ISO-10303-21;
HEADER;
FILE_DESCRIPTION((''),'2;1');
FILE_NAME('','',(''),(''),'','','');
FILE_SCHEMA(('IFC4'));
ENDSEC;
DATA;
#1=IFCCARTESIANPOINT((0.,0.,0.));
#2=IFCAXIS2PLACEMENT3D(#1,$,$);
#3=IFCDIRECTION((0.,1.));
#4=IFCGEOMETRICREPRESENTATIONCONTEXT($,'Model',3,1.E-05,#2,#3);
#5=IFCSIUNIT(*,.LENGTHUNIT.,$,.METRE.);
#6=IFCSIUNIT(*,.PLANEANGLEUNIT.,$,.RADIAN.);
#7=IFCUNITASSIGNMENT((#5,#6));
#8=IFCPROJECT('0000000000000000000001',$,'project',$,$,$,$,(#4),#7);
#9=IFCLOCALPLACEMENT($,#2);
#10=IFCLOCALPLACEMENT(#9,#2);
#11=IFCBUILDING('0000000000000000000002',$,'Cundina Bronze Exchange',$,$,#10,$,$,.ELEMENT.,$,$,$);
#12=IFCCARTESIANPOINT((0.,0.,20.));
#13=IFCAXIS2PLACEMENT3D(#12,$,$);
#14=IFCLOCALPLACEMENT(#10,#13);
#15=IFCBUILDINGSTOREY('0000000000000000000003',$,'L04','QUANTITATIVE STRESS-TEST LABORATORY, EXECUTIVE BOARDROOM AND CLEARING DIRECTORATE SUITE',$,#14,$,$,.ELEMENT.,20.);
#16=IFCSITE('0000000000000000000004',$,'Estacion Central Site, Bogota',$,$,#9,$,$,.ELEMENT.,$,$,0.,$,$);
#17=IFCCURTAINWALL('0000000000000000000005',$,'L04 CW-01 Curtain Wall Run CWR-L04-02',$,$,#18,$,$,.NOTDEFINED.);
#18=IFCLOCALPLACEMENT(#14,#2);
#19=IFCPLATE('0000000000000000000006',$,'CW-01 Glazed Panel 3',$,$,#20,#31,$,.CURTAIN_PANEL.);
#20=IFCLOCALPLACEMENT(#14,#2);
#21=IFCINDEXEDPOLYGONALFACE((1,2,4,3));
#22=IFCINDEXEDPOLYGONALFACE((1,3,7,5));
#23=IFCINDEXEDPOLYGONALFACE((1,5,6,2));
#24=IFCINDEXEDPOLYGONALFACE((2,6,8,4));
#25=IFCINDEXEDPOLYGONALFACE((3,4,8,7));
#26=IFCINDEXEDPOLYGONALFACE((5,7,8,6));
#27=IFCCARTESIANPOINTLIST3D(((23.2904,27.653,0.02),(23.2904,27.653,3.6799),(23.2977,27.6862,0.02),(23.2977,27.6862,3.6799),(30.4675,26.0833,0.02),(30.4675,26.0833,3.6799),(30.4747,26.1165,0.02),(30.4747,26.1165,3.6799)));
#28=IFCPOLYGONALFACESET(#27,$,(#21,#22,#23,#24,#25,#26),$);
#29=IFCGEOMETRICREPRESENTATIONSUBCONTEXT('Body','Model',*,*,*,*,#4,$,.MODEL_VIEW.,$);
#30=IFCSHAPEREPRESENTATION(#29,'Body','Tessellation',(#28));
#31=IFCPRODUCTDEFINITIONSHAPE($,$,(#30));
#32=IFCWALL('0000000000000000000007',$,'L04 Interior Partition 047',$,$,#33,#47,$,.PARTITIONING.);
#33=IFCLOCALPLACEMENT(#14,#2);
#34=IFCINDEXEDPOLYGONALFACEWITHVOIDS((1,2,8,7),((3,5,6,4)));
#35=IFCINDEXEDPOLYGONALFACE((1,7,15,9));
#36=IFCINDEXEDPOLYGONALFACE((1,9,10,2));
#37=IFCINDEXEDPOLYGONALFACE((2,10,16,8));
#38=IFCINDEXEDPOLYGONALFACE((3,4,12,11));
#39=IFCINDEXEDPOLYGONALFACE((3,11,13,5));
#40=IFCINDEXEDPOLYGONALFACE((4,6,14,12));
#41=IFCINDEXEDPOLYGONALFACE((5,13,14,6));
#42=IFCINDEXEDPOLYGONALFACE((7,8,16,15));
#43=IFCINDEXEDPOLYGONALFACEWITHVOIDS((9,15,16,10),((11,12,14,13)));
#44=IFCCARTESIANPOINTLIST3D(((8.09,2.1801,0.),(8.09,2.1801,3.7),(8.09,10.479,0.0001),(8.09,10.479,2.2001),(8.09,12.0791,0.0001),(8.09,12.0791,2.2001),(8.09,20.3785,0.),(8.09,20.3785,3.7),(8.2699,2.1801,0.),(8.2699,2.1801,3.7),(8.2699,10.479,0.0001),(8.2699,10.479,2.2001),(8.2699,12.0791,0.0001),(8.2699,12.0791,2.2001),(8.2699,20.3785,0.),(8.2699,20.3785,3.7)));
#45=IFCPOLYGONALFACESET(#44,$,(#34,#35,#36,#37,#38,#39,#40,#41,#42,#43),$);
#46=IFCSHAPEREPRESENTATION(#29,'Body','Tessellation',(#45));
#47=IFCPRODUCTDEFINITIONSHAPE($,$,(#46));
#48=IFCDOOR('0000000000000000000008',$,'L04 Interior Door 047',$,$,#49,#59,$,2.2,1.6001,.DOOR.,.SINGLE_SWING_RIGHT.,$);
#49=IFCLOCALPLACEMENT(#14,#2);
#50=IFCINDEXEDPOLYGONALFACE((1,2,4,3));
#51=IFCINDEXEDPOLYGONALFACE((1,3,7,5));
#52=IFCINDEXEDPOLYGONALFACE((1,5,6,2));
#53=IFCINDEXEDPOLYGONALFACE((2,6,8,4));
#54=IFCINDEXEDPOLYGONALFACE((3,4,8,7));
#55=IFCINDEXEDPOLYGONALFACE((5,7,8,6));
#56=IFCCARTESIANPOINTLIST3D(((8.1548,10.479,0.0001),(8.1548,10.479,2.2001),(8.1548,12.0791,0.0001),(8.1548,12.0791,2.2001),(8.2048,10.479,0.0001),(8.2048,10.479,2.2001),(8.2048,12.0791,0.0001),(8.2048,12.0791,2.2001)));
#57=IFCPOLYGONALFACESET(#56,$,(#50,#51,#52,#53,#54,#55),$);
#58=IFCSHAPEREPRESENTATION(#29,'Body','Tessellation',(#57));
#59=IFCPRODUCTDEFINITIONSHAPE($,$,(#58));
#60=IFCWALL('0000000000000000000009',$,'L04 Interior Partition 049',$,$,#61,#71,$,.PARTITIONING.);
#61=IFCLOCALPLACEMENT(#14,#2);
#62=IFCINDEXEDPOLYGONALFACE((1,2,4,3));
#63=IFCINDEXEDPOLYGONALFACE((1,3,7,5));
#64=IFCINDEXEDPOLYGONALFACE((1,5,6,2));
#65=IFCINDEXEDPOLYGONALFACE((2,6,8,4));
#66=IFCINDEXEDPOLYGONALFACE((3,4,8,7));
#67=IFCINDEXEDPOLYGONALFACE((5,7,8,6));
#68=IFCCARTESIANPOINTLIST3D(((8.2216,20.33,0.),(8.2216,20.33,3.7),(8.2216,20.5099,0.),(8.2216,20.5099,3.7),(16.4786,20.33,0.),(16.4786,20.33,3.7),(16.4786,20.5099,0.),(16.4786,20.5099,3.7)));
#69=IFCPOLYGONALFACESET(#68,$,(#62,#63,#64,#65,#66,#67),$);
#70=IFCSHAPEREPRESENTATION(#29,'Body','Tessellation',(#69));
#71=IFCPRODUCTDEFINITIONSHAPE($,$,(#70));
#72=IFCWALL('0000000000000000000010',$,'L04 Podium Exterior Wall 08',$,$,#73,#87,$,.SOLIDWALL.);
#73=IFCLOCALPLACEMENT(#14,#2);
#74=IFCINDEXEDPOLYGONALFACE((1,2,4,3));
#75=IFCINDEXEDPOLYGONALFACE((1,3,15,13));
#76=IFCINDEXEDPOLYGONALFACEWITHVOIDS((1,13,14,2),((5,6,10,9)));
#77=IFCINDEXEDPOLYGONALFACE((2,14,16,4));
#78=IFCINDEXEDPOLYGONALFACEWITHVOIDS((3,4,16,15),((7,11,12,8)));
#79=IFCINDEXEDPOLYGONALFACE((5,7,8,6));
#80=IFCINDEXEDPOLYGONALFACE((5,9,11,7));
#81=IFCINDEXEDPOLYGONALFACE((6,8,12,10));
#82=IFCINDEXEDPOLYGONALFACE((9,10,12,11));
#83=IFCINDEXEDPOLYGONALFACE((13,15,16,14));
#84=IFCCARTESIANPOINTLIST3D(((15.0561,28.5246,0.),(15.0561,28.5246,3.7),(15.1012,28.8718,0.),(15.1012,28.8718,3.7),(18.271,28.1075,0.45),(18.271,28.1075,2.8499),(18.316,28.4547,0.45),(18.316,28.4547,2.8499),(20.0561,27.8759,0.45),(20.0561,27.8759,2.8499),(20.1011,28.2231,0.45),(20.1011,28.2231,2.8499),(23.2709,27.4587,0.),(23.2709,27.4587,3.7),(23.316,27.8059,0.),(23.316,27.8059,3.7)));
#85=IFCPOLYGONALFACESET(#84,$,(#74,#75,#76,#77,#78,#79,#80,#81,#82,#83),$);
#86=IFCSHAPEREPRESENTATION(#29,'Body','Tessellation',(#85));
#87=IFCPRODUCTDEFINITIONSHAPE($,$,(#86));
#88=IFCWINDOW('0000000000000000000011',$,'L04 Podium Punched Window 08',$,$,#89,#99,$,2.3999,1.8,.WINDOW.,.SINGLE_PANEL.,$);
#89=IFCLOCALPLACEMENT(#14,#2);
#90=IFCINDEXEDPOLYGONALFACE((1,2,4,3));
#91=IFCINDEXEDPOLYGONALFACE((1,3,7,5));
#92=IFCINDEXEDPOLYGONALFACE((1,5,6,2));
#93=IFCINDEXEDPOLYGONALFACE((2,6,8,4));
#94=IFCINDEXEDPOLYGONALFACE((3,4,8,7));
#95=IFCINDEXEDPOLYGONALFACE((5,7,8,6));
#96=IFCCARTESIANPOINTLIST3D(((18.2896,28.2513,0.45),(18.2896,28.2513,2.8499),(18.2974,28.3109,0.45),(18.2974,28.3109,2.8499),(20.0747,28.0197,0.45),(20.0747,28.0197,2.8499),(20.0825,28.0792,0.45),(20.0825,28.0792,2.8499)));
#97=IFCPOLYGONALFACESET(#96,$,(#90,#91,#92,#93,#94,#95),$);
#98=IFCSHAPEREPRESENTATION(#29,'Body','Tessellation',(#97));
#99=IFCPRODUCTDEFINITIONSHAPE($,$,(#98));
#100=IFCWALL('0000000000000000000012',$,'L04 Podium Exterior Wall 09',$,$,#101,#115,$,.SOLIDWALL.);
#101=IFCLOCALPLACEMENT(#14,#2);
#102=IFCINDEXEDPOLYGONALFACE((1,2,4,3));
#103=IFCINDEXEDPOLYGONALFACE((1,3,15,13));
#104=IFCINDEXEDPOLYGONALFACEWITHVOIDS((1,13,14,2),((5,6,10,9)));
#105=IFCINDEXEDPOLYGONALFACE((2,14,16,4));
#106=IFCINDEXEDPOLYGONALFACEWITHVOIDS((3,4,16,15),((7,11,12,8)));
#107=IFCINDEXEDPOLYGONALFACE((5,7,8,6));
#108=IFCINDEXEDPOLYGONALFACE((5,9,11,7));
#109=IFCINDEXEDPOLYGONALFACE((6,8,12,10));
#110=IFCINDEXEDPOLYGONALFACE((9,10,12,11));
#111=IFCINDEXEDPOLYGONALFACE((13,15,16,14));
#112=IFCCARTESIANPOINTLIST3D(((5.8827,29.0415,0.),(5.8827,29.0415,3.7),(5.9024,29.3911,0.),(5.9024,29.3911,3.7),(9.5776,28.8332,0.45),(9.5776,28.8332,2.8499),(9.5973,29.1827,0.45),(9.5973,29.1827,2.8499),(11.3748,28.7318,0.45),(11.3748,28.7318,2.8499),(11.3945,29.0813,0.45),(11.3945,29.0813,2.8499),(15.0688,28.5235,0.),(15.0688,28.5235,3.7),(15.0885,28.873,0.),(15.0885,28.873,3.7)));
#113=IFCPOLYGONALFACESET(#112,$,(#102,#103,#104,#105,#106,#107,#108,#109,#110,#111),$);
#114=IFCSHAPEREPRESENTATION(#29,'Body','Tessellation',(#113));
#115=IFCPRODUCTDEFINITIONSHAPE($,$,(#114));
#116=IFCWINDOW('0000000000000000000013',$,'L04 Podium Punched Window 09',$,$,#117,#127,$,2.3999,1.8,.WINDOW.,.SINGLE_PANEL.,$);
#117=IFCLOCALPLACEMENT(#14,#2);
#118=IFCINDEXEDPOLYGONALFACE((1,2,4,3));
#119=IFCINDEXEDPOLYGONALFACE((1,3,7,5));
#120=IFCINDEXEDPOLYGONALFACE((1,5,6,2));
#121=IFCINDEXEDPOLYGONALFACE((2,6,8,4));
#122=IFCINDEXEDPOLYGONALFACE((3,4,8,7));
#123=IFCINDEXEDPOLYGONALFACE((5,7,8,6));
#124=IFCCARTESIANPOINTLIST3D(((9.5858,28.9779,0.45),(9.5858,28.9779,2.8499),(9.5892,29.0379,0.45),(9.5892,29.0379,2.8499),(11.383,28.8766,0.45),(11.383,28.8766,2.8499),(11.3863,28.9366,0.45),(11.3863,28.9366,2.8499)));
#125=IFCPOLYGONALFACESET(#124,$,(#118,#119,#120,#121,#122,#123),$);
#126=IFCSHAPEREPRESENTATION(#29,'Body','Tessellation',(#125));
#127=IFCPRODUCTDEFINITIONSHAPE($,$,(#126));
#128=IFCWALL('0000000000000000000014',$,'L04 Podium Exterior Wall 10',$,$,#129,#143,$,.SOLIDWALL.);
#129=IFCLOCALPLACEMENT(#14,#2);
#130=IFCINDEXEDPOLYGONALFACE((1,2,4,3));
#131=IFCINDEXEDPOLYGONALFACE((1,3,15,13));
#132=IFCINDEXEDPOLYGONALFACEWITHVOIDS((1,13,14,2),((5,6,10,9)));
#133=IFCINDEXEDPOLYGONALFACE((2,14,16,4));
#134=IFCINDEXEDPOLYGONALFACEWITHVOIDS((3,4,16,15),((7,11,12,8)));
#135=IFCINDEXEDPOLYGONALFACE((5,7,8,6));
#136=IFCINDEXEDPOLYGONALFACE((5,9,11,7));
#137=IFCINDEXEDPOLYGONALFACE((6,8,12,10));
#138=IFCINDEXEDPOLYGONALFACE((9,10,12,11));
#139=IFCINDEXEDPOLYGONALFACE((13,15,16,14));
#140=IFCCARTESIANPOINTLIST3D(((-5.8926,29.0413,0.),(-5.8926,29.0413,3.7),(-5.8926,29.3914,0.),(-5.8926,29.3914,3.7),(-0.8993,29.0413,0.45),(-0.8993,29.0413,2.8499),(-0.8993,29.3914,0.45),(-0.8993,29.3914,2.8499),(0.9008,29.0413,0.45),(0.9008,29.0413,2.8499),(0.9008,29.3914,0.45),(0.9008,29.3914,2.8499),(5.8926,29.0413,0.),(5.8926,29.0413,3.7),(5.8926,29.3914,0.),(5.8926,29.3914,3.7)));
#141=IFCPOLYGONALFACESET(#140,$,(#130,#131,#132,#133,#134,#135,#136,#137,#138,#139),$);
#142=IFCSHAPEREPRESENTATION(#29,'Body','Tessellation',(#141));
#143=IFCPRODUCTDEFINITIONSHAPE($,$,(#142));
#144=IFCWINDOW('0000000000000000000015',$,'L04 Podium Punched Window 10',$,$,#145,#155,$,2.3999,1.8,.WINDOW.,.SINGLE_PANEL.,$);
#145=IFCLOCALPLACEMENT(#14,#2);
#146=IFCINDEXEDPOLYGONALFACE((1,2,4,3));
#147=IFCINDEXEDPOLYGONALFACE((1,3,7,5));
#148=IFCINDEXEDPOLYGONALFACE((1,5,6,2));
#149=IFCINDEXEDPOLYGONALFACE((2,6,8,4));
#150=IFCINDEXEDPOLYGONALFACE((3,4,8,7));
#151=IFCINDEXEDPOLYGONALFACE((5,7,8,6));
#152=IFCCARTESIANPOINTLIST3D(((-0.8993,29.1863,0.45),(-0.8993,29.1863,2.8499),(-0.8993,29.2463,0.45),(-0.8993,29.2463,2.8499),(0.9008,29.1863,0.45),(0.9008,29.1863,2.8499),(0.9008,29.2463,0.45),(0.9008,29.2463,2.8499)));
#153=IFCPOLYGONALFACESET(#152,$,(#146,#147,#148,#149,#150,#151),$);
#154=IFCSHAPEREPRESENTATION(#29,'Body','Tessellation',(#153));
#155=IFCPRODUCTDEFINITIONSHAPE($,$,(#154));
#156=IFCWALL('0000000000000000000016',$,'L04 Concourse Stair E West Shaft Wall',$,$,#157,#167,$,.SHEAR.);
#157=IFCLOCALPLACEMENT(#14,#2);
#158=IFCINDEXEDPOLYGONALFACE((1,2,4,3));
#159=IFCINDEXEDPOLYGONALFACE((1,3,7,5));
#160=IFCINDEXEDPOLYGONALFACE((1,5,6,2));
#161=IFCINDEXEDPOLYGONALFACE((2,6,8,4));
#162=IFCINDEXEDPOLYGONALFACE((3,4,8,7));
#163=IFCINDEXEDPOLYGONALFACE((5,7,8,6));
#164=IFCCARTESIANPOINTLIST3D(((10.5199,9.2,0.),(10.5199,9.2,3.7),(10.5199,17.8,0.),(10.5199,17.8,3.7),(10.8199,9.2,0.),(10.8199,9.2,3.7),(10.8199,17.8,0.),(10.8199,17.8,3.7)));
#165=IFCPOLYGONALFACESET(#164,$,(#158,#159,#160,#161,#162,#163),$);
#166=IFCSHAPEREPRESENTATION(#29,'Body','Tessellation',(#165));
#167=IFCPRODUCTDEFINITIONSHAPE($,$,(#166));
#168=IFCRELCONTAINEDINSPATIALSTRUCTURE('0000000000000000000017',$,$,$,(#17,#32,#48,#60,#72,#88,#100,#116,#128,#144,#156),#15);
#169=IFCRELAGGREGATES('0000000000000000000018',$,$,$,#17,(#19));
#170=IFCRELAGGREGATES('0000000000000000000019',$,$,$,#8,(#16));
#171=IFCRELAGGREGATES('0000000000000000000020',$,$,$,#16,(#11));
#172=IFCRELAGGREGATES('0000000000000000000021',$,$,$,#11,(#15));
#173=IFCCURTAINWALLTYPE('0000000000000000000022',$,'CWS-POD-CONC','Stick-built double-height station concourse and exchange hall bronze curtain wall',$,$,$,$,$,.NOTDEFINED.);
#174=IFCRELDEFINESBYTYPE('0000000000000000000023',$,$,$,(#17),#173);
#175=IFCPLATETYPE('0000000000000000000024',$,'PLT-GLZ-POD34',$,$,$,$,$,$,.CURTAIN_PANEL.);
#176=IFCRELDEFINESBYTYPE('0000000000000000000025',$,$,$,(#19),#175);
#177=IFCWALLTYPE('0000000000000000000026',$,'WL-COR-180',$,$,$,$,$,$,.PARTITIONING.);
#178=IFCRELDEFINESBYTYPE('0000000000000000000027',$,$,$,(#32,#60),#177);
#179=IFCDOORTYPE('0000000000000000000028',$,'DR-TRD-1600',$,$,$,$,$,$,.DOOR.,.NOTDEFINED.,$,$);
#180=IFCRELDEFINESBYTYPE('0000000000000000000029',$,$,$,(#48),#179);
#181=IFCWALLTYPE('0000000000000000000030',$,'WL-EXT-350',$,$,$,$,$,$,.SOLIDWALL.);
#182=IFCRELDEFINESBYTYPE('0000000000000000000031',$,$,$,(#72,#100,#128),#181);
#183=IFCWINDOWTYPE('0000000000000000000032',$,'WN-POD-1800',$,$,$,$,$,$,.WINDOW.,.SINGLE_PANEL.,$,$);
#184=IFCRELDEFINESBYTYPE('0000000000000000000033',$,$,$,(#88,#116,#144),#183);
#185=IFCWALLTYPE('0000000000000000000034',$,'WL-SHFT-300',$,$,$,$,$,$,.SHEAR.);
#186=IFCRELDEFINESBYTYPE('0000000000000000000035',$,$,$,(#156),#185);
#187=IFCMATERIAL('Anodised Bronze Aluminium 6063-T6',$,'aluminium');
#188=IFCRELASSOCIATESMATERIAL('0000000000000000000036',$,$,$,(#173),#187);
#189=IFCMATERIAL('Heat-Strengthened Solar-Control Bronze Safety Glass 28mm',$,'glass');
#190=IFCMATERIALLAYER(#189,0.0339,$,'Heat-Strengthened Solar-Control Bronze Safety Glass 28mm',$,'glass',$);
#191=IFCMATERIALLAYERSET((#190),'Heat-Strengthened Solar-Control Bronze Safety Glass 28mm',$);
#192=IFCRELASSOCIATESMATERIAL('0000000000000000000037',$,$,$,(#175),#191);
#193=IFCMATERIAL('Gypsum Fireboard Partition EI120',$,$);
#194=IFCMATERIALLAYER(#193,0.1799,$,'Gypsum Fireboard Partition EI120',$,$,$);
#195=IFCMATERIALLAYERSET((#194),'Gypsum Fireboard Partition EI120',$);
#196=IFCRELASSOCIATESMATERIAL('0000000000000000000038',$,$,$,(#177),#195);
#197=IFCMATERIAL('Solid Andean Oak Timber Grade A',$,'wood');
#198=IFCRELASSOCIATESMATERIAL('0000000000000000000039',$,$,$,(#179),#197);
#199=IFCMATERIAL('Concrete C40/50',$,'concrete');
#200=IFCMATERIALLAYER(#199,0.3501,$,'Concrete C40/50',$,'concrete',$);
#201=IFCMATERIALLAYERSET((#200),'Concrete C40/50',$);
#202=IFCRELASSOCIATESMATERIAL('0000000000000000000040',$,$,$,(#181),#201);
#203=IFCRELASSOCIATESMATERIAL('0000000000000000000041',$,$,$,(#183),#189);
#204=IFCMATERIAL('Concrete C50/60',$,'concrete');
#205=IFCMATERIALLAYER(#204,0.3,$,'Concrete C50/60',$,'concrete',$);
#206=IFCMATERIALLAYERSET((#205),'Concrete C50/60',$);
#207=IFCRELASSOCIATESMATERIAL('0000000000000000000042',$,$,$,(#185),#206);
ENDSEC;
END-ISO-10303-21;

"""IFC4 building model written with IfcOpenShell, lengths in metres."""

from ifc_helpers import new_model, si_unit, direction, frame, frame_2d, origin, origin_2d, place, context, subcontext, project, spatial, rectangle, extrude, material, layer, layer_set, type_object, element, fill, aggregate, save


model = new_model("IFC4")

# Units and contexts
model_context = context("Model", 3, precision=1e-05, world=origin(), true_north=direction((0.0, 1.0)))
body_context = subcontext(model_context, "Body", "Model", "MODEL_VIEW")
ifc_project = project(units=[si_unit("LENGTHUNIT", "METRE"), si_unit("PLANEANGLEUNIT", "RADIAN")], contexts=[model_context])

# Site, building, storey
site_placement = place(None, origin())
site = spatial("IfcSite", under=ifc_project, at=site_placement, Name="Estacion Central Site, Bogota", CompositionType="ELEMENT", RefElevation=0.0)
building_placement = place(site_placement, origin())
building = spatial("IfcBuilding", under=site, at=building_placement, Name="Cundina Bronze Exchange", CompositionType="ELEMENT")
storey_placement = place(building_placement, frame((0.0, 0.0, 20.0)))
storey = spatial("IfcBuildingStorey", under=building, at=storey_placement, Name="L04", Description="QUANTITATIVE STRESS-TEST LABORATORY, EXECUTIVE BOARDROOM AND CLEARING DIRECTORATE SUITE", CompositionType="ELEMENT", Elevation=20.0)

# Shared definitions
ifc_material_1 = material(Name="Concrete C50/60", Category="concrete")

# Curtain wall
ifc_material_2 = material(Name="Anodised Bronze Aluminium 6063-T6", Category="aluminium")
curtain_wall_type = type_object("IfcCurtainWallType", Name="CWS-POD-CONC", Description="Stick-built double-height station concourse and exchange hall bronze curtain wall", PredefinedType="NOTDEFINED", material=ifc_material_2)
curtain_wall_placement = place(storey_placement, origin())
curtain_wall = element("IfcCurtainWall", 1, at=curtain_wall_placement, inside=storey, type_object=curtain_wall_type, Name="L04 CW-01 Curtain Wall Run CWR-L04-02", PredefinedType="NOTDEFINED")

# Plate
ifc_material_3 = material(Name="Heat-Strengthened Solar-Control Bronze Safety Glass 28mm", Category="glass")
ifc_layer_1 = layer(ifc_material_3, 0.0339, Name="Heat-Strengthened Solar-Control Bronze Safety Glass 28mm", Category="glass")
ifc_layer_set_1 = layer_set([ifc_layer_1], Name="Heat-Strengthened Solar-Control Bronze Safety Glass 28mm")
plate_type_1 = type_object("IfcPlateType", Name="PLT-GLZ-POD34", PredefinedType="CURTAIN_PANEL", material=ifc_layer_set_1)
plate_placement = place(storey_placement, frame((26.8826, 26.8848, 0.02), z_axis=(0.0, 0.0, 1.0), x_axis=(-0.976908, 0.213661, 0.0)))
plate = element("IfcPlate", 2, at=plate_placement, type_object=plate_type_1, Name="CW-01 Glazed Panel 3", PredefinedType="CURTAIN_PANEL", context=body_context, shape_type="SweptSolid", body=[
    extrude(rectangle(XDim=7.3467, YDim=0.0339, at=origin_2d()), origin(), (0.0, 0.0, 1.0), 3.6599),
])
aggregate(curtain_wall, [plate])

# Wall, opening, door
ifc_material_4 = material(Name="Gypsum Fireboard Partition EI120")
ifc_layer_2 = layer(ifc_material_4, 0.1799, Name="Gypsum Fireboard Partition EI120")
ifc_layer_set_2 = layer_set([ifc_layer_2], Name="Gypsum Fireboard Partition EI120")
wall_type_1 = type_object("IfcWallType", Name="WL-COR-180", PredefinedType="PARTITIONING", material=ifc_layer_set_2)
wall_1_placement = place(storey_placement, frame((8.1799, 20.3784, 0.0), z_axis=(0.0, 0.0, 1.0), x_axis=(0.0, -1.0, 0.0)))
wall_1 = element("IfcWall", 3, at=wall_1_placement, inside=storey, type_object=wall_type_1, Name="L04 Interior Partition 047", PredefinedType="PARTITIONING", context=body_context, shape_type="SweptSolid", body=[
    extrude(rectangle(XDim=18.1985, YDim=0.1799, at=frame_2d((9.0991, 0.0))), origin(), (0.0, 0.0, 1.0), 3.7),
])
opening_1_placement = place(wall_1_placement, frame((8.2993, 0.0, 0.0)))
opening_1 = element("IfcOpeningElement", 4, at=opening_1_placement, cuts=wall_1, PredefinedType="OPENING", context=body_context, shape_type="SweptSolid", body=[
    extrude(rectangle(XDim=1.6001, YDim=2.2, at=frame_2d((0.8, 1.1001))), frame((0.0, 0.0999, 0.0), z_axis=(0.0, -1.0, 0.0), x_axis=(1.0, 0.0, 0.0)), (0.0, 0.0, 1.0), 0.2),
])
ifc_material_5 = material(Name="Solid Andean Oak Timber Grade A", Category="wood")
door_type_1 = type_object("IfcDoorType", Name="DR-TRD-1600", OperationType="NOTDEFINED", PredefinedType="DOOR", material=ifc_material_5)
door_1_placement = place(opening_1_placement, origin())
door_1 = element("IfcDoor", 5, at=door_1_placement, inside=storey, type_object=door_type_1, Name="L04 Interior Door 047", OperationType="SINGLE_SWING_RIGHT", OverallHeight=2.2, OverallWidth=1.6001, PredefinedType="DOOR", context=body_context, shape_type="SweptSolid", body=[
    extrude(rectangle(XDim=1.6001, YDim=2.2, at=frame_2d((0.8, 1.1001))), frame((0.0, 0.0249, 0.0), z_axis=(0.0, -1.0, 0.0), x_axis=(1.0, 0.0, 0.0)), (0.0, 0.0, 1.0), 0.05),
])
fill(opening_1, door_1)

# Wall
wall_2_placement = place(storey_placement, frame((16.4785, 20.4199, 0.0), z_axis=(0.0, 0.0, 1.0), x_axis=(-1.0, 0.0, 0.0)))
element("IfcWall", 6, at=wall_2_placement, inside=storey, type_object=wall_type_1, Name="L04 Interior Partition 049", PredefinedType="PARTITIONING", context=body_context, shape_type="SweptSolid", body=[
    extrude(rectangle(XDim=8.2571, YDim=0.1799, at=frame_2d((4.1284, 0.0))), origin(), (0.0, 0.0, 1.0), 3.7),
])

# Walls, openings, windows
ifc_material_6 = material(Name="Concrete C40/50", Category="concrete")
ifc_layer_3 = layer(ifc_material_6, 0.3501, Name="Concrete C40/50", Category="concrete")
ifc_layer_set_3 = layer_set([ifc_layer_3], Name="Concrete C40/50")
wall_type_2 = type_object("IfcWallType", Name="WL-EXT-350", PredefinedType="SOLIDWALL", material=ifc_layer_set_3)
wall_3_placement = place(storey_placement, frame((23.2935, 27.6323, 0.0), z_axis=(0.0, 0.0, 1.0), x_axis=(-0.991687, 0.128676, 0.0)))
wall_3 = element("IfcWall", 7, at=wall_3_placement, inside=storey, type_object=wall_type_2, Name="L04 Podium Exterior Wall 08", PredefinedType="SOLIDWALL", context=body_context, shape_type="SweptSolid", body=[
    extrude(rectangle(XDim=8.2837, YDim=0.3501, at=frame_2d((4.1418, 0.0))), origin(), (0.0, 0.0, 1.0), 3.7),
])
opening_2_placement = place(wall_3_placement, frame((3.2419, 0.0, 0.45)))
opening_2 = element("IfcOpeningElement", 8, at=opening_2_placement, cuts=wall_3, PredefinedType="OPENING", context=body_context, shape_type="SweptSolid", body=[
    extrude(rectangle(XDim=1.8, YDim=2.3999, at=frame_2d((0.8999, 1.2))), frame((0.0, 0.1851, 0.0), z_axis=(0.0, -1.0, 0.0), x_axis=(1.0, 0.0, 0.0)), (0.0, 0.0, 1.0), 0.3701),
])
window_type = type_object("IfcWindowType", Name="WN-POD-1800", PartitioningType="SINGLE_PANEL", PredefinedType="WINDOW", material=ifc_material_3)
window_1_placement = place(opening_2_placement, origin())
window_1 = element("IfcWindow", 9, at=window_1_placement, inside=storey, type_object=window_type, Name="L04 Podium Punched Window 08", OverallHeight=2.3999, OverallWidth=1.8, PartitioningType="SINGLE_PANEL", PredefinedType="WINDOW", context=body_context, shape_type="SweptSolid", body=[
    extrude(rectangle(XDim=1.8, YDim=2.3999, at=frame_2d((0.8999, 1.2))), frame((0.0, 0.03, 0.0), z_axis=(0.0, -1.0, 0.0), x_axis=(1.0, 0.0, 0.0)), (0.0, 0.0, 1.0), 0.0601),
])
fill(opening_2, window_1)
wall_4_placement = place(storey_placement, frame((15.0786, 28.6982, 0.0), z_axis=(0.0, 0.0, 1.0), x_axis=(-0.998413, 0.056308, 0.0)))
wall_4 = element("IfcWall", 10, at=wall_4_placement, inside=storey, type_object=wall_type_2, Name="L04 Podium Exterior Wall 09", PredefinedType="SOLIDWALL", context=body_context, shape_type="SweptSolid", body=[
    extrude(rectangle(XDim=9.2007, YDim=0.3501, at=frame_2d((4.6003, 0.0))), origin(), (0.0, 0.0, 1.0), 3.7),
])
opening_3_placement = place(wall_4_placement, frame((3.7, 0.0, 0.45)))
opening_3 = element("IfcOpeningElement", 11, at=opening_3_placement, cuts=wall_4, PredefinedType="OPENING", context=body_context, shape_type="SweptSolid", body=[
    extrude(rectangle(XDim=1.8, YDim=2.3999, at=frame_2d((0.8999, 1.2))), frame((0.0, 0.1851, 0.0), z_axis=(0.0, -1.0, 0.0), x_axis=(1.0, 0.0, 0.0)), (0.0, 0.0, 1.0), 0.3701),
])
window_2_placement = place(opening_3_placement, origin())
window_2 = element("IfcWindow", 12, at=window_2_placement, inside=storey, type_object=window_type, Name="L04 Podium Punched Window 09", OverallHeight=2.3999, OverallWidth=1.8, PartitioningType="SINGLE_PANEL", PredefinedType="WINDOW", context=body_context, shape_type="SweptSolid", body=[
    extrude(rectangle(XDim=1.8, YDim=2.3999, at=frame_2d((0.8999, 1.2))), frame((0.0, 0.03, 0.0), z_axis=(0.0, -1.0, 0.0), x_axis=(1.0, 0.0, 0.0)), (0.0, 0.0, 1.0), 0.0601),
])
fill(opening_3, window_2)
wall_5_placement = place(storey_placement, frame((5.8926, 29.2163, 0.0), z_axis=(0.0, 0.0, 1.0), x_axis=(-1.0, 0.0, 0.0)))
wall_5 = element("IfcWall", 13, at=wall_5_placement, inside=storey, type_object=wall_type_2, Name="L04 Podium Exterior Wall 10", PredefinedType="SOLIDWALL", context=body_context, shape_type="SweptSolid", body=[
    extrude(rectangle(XDim=11.7852, YDim=0.3501, at=frame_2d((5.8926, 0.0))), origin(), (0.0, 0.0, 1.0), 3.7),
])
opening_4_placement = place(wall_5_placement, frame((4.9919, 0.0, 0.45)))
opening_4 = element("IfcOpeningElement", 14, at=opening_4_placement, cuts=wall_5, PredefinedType="OPENING", context=body_context, shape_type="SweptSolid", body=[
    extrude(rectangle(XDim=1.8, YDim=2.3999, at=frame_2d((0.8999, 1.2))), frame((0.0, 0.1851, 0.0), z_axis=(0.0, -1.0, 0.0), x_axis=(1.0, 0.0, 0.0)), (0.0, 0.0, 1.0), 0.3701),
])
window_3_placement = place(opening_4_placement, origin())
window_3 = element("IfcWindow", 15, at=window_3_placement, inside=storey, type_object=window_type, Name="L04 Podium Punched Window 10", OverallHeight=2.3999, OverallWidth=1.8, PartitioningType="SINGLE_PANEL", PredefinedType="WINDOW", context=body_context, shape_type="SweptSolid", body=[
    extrude(rectangle(XDim=1.8, YDim=2.3999, at=frame_2d((0.8999, 1.2))), frame((0.0, 0.03, 0.0), z_axis=(0.0, -1.0, 0.0), x_axis=(1.0, 0.0, 0.0)), (0.0, 0.0, 1.0), 0.0601),
])
fill(opening_4, window_3)

# Wall
ifc_layer_4 = layer(ifc_material_1, 0.3, Name="Concrete C50/60", Category="concrete")
ifc_layer_set_4 = layer_set([ifc_layer_4], Name="Concrete C50/60")
wall_type_3 = type_object("IfcWallType", Name="WL-SHFT-300", PredefinedType="SHEAR", material=ifc_layer_set_4)
for number, where, z_axis, x_axis, name in (
    (16, (10.6699, 9.2, 0.0), (0.0, 0.0, 1.0), (0.0, 1.0, 0.0), "L04 Concourse Stair E West Shaft Wall"),
):
    element("IfcWall", number, at=place(storey_placement, frame(where, z_axis=z_axis, x_axis=x_axis)), inside=storey, type_object=wall_type_3, Name=name, PredefinedType="SHEAR", context=body_context, shape_type="SweptSolid", body=[
        extrude(rectangle(XDim=8.6001, YDim=0.3, at=frame_2d((4.3, 0.0))), origin(), (0.0, 0.0, 1.0), 3.7),
    ])

save(model, "model.ifc")
